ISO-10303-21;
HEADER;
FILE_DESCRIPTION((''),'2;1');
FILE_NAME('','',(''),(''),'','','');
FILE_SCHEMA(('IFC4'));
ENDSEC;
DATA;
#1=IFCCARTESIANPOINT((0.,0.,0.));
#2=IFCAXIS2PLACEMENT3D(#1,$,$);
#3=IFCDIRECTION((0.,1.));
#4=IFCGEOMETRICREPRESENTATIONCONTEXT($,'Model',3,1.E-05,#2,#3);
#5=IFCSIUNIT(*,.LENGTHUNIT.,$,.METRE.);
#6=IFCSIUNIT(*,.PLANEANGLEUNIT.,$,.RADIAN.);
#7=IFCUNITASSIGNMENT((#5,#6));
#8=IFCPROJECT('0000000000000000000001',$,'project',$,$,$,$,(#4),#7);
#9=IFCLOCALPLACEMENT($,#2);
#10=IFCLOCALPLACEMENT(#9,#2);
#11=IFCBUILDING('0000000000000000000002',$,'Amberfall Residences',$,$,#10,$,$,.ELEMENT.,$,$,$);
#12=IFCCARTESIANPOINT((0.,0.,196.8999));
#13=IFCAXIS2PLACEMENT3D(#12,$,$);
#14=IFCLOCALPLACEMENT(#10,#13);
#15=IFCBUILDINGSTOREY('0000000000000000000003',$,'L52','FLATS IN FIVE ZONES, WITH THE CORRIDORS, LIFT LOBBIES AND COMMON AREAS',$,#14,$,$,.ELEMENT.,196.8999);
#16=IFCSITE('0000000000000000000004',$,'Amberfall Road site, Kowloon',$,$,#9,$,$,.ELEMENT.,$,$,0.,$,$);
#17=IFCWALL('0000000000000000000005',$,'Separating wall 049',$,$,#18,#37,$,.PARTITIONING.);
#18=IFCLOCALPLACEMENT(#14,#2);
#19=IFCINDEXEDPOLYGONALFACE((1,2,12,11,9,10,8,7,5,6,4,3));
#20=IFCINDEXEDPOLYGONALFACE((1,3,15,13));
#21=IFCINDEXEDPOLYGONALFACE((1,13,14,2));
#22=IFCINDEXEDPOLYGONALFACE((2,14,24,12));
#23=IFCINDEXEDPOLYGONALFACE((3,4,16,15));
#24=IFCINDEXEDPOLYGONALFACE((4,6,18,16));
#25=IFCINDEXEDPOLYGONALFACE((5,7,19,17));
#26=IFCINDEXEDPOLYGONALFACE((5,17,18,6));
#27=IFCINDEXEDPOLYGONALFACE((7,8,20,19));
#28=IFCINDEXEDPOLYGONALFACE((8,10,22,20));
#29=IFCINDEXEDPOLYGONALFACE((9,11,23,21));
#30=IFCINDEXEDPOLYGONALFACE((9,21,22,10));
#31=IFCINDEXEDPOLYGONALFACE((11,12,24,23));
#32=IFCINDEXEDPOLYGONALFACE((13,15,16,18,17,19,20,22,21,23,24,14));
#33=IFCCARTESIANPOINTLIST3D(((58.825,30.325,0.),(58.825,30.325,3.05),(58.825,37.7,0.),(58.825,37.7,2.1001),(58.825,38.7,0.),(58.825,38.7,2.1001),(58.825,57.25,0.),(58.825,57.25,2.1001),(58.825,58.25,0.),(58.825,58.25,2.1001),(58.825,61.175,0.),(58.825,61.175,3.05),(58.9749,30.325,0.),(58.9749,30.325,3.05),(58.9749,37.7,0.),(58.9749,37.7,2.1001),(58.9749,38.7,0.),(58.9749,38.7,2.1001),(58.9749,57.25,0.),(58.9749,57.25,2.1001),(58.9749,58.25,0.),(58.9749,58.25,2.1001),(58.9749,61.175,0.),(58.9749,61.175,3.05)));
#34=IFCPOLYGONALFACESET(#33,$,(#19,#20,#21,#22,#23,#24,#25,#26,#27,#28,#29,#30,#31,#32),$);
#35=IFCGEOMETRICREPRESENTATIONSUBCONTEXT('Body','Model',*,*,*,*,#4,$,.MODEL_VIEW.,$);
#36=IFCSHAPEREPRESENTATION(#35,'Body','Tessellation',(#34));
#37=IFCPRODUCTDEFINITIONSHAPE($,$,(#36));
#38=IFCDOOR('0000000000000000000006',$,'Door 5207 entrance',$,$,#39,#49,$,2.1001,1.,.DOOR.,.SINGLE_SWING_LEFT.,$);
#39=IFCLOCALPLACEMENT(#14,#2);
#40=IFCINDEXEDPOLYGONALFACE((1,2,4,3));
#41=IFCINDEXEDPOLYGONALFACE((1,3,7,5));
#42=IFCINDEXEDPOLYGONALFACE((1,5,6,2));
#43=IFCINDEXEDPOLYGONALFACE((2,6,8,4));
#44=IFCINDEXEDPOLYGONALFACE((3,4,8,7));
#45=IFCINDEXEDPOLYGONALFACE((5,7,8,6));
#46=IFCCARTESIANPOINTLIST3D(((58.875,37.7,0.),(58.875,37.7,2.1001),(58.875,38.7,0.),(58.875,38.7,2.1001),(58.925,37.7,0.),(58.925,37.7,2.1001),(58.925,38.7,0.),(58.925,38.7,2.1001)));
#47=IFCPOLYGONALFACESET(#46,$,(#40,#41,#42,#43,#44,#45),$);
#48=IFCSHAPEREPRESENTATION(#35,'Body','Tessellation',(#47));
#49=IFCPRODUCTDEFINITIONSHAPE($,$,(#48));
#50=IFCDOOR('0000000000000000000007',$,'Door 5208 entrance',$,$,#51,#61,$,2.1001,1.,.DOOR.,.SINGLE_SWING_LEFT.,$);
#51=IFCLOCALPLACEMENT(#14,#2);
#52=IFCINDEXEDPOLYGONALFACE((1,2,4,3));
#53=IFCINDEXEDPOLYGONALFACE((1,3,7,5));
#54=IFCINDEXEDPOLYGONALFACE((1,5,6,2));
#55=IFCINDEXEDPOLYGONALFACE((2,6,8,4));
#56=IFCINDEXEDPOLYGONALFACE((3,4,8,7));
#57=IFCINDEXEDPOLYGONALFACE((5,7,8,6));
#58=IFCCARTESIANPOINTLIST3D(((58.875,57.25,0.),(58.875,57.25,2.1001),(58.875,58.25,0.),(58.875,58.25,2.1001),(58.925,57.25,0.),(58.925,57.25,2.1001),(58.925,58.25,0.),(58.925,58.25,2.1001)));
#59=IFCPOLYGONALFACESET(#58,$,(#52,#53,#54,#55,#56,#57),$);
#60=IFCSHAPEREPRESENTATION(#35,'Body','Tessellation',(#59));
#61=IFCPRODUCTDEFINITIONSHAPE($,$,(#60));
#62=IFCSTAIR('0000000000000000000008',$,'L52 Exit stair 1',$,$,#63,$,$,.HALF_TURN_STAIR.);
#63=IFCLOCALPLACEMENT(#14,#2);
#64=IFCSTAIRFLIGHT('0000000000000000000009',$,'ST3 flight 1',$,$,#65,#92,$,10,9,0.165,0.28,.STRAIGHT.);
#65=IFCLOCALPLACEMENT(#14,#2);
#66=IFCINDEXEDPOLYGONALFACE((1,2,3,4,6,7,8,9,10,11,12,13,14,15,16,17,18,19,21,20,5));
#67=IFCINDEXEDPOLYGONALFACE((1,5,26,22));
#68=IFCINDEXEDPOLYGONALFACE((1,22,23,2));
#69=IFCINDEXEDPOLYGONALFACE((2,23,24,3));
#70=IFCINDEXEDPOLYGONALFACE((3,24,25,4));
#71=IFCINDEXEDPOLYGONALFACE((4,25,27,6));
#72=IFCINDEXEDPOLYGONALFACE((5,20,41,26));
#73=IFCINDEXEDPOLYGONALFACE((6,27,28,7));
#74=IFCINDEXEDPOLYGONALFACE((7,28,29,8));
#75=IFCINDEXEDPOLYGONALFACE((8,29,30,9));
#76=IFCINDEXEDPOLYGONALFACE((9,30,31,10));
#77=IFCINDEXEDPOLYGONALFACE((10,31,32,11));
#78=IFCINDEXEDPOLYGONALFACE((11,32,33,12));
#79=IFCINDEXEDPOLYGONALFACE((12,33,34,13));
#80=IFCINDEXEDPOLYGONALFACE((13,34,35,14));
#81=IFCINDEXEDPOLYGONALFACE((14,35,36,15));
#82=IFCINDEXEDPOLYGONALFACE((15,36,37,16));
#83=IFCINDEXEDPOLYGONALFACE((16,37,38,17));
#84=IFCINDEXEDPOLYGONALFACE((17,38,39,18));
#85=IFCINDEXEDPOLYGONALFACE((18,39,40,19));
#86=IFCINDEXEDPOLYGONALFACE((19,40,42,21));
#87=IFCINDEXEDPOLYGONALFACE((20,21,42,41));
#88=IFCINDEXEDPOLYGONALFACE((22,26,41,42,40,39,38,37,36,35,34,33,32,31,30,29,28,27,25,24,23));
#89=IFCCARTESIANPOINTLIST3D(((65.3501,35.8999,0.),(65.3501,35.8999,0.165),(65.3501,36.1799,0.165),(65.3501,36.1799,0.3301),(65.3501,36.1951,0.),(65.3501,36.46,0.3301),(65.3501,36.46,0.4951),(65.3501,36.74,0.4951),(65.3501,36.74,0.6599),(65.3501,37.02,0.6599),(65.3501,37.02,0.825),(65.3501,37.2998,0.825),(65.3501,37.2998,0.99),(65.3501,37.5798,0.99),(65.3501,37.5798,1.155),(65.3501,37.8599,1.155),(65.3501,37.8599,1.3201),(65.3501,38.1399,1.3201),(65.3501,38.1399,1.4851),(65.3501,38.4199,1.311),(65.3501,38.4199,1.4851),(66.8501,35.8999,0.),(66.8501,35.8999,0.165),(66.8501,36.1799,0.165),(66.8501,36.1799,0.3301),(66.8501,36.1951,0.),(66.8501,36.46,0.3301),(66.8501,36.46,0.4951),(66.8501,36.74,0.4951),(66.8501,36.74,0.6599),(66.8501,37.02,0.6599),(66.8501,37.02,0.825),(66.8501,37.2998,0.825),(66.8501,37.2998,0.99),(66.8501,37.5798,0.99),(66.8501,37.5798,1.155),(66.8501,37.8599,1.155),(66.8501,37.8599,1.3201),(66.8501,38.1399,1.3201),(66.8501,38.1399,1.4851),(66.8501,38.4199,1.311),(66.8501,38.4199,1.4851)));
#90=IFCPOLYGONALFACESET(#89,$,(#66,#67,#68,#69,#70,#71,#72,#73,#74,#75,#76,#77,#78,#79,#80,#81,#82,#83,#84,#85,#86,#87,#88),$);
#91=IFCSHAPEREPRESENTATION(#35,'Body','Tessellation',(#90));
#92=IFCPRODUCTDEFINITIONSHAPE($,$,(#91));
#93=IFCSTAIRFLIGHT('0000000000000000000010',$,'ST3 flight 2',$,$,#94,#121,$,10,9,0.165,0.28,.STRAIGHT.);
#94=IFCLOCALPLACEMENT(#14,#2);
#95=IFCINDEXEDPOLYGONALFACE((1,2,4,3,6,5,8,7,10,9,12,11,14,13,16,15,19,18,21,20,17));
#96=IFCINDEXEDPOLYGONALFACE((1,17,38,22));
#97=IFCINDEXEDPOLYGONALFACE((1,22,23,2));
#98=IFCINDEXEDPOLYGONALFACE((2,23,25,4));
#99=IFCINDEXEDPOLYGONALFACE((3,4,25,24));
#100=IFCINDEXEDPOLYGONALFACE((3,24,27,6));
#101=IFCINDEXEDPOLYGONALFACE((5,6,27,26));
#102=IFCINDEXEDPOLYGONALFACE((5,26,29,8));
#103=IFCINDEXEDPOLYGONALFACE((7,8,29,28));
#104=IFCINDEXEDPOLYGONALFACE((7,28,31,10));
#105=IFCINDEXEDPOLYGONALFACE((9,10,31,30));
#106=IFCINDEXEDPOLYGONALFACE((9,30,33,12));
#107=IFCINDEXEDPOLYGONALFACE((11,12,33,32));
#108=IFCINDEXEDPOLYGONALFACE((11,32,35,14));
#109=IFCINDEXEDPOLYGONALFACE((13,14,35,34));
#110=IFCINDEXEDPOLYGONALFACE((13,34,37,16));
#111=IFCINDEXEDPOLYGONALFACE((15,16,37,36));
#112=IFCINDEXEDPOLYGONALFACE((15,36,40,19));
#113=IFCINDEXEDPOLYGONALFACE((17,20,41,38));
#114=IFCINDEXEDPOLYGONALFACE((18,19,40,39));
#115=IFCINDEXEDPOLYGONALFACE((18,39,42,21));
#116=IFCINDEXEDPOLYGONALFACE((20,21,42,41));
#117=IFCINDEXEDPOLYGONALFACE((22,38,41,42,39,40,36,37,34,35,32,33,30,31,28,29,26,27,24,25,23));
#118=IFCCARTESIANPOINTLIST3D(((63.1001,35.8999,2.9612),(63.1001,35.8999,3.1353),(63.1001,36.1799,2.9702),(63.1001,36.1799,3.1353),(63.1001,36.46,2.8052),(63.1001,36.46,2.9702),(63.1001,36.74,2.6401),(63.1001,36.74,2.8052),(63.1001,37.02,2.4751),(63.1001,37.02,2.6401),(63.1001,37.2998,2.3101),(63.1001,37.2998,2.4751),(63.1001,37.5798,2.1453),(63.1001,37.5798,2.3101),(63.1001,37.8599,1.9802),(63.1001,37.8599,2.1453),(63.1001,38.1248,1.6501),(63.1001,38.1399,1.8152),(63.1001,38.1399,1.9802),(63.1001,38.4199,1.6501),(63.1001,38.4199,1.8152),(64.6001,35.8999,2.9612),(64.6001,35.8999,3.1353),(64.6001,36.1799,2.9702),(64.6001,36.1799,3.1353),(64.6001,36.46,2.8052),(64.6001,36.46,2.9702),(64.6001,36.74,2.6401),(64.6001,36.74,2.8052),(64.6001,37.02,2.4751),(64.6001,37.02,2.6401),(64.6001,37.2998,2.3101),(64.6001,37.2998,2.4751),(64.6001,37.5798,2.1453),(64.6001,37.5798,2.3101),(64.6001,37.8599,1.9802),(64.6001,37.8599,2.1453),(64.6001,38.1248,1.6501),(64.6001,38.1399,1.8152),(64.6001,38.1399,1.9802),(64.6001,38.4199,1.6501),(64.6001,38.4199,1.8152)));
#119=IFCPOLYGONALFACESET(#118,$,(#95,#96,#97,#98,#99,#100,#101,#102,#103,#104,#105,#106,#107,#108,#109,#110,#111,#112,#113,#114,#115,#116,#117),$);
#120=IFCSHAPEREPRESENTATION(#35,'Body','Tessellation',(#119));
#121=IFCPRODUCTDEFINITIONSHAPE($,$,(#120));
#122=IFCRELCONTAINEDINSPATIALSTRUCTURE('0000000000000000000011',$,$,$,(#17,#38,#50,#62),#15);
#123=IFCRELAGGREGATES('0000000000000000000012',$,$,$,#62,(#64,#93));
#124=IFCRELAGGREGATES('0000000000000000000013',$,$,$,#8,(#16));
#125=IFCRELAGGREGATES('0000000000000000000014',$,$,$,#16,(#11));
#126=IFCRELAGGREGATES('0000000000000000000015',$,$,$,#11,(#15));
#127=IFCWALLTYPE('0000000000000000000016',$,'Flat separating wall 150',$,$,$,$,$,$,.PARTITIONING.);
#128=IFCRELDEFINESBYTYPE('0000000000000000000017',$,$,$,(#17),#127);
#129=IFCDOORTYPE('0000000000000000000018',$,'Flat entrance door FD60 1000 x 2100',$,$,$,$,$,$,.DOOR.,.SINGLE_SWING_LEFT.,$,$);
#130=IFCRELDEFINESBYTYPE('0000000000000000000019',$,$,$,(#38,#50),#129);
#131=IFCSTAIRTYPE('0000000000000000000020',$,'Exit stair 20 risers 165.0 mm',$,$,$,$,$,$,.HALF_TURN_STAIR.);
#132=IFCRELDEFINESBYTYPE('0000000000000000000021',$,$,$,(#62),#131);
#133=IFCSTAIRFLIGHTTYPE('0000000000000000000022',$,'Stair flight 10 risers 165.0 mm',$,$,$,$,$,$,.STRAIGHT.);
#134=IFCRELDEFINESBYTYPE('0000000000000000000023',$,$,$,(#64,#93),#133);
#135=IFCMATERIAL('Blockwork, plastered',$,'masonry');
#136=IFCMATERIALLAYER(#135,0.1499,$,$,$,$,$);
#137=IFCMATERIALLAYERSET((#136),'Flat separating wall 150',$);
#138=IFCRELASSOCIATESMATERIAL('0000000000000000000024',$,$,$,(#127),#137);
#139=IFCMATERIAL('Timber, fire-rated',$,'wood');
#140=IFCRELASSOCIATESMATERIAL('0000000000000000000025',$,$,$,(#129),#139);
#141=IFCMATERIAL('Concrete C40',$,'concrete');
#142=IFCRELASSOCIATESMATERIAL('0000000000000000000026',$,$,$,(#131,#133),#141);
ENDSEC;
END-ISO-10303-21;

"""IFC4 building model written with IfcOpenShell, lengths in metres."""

from ifc_helpers import new_model, si_unit, direction, frame, frame_2d, origin, place, context, subcontext, project, spatial, polyline, rectangle, outline, extrude, material, layer, layer_set, type_object, element, fill, aggregate, save


model = new_model("IFC4")

# Units and contexts
model_context = context("Model", 3, precision=1e-05, world=origin(), true_north=direction((0.0, 1.0)))
body_context = subcontext(model_context, "Body", "Model", "MODEL_VIEW")
ifc_project = project(units=[si_unit("LENGTHUNIT", "METRE"), si_unit("PLANEANGLEUNIT", "RADIAN")], contexts=[model_context])

# Site, building, storey
site_placement = place(None, origin())
site = spatial("IfcSite", under=ifc_project, at=site_placement, Name="Amberfall Road site, Kowloon", CompositionType="ELEMENT", RefElevation=0.0)
building_placement = place(site_placement, origin())
building = spatial("IfcBuilding", under=site, at=building_placement, Name="Amberfall Residences", CompositionType="ELEMENT")
storey_placement = place(building_placement, frame((0.0, 0.0, 196.8999)))
storey = spatial("IfcBuildingStorey", under=building, at=storey_placement, Name="L52", Description="FLATS IN FIVE ZONES, WITH THE CORRIDORS, LIFT LOBBIES AND COMMON AREAS", CompositionType="ELEMENT", Elevation=196.8999)

# Wall, openings, doors
ifc_material_1 = material(Name="Blockwork, plastered", Category="masonry")
ifc_layer_1 = layer(ifc_material_1, 0.1499)
ifc_layer_set_1 = layer_set([ifc_layer_1], Name="Flat separating wall 150")
wall_type_1 = type_object("IfcWallType", Name="Flat separating wall 150", PredefinedType="PARTITIONING", material=ifc_layer_set_1)
wall_1_placement = place(storey_placement, frame((58.8999, 30.325, 0.0), z_axis=(0.0, 0.0, 1.0), x_axis=(0.0, 1.0, 0.0)))
wall_1 = element("IfcWall", 1, at=wall_1_placement, inside=storey, type_object=wall_type_1, Name="Separating wall 049", PredefinedType="PARTITIONING", context=body_context, shape_type="SweptSolid", body=[
    extrude(rectangle(XDim=30.8501, YDim=0.1499, at=frame_2d((15.425, 0.0))), origin(), (0.0, 0.0, 1.0), 3.05),
])
opening_1_placement = place(wall_1_placement, frame((7.375, 0.0, 0.0)))
opening_1 = element("IfcOpeningElement", 2, at=opening_1_placement, cuts=wall_1, PredefinedType="OPENING", context=body_context, shape_type="SweptSolid", body=[
    extrude(rectangle(XDim=1.0, YDim=2.1001, at=frame_2d((0.5, 1.05))), frame((0.0, 0.085, 0.0), z_axis=(0.0, -1.0, 0.0), x_axis=(1.0, 0.0, 0.0)), (0.0, 0.0, 1.0), 0.1699),
])
opening_2_placement = place(wall_1_placement, frame((26.925, 0.0, 0.0)))
opening_2 = element("IfcOpeningElement", 3, at=opening_2_placement, cuts=wall_1, PredefinedType="OPENING", context=body_context, shape_type="SweptSolid", body=[
    extrude(rectangle(XDim=1.0, YDim=2.1001, at=frame_2d((0.5, 1.05))), frame((0.0, 0.085, 0.0), z_axis=(0.0, -1.0, 0.0), x_axis=(1.0, 0.0, 0.0)), (0.0, 0.0, 1.0), 0.1699),
])
ifc_material_2 = material(Name="Timber, fire-rated", Category="wood")
door_type_1 = type_object("IfcDoorType", Name="Flat entrance door FD60 1000 x 2100", OperationType="SINGLE_SWING_LEFT", PredefinedType="DOOR", material=ifc_material_2)
door_1_placement = place(opening_1_placement, origin())
door_1 = element("IfcDoor", 4, at=door_1_placement, inside=storey, type_object=door_type_1, Name="Door 5207 entrance", OperationType="SINGLE_SWING_LEFT", OverallHeight=2.1001, OverallWidth=1.0, PredefinedType="DOOR", context=body_context, shape_type="SweptSolid", body=[
    extrude(rectangle(XDim=1.0, YDim=2.1001, at=frame_2d((0.5, 1.05))), frame((0.0, 0.0249, 0.0), z_axis=(0.0, -1.0, 0.0), x_axis=(1.0, 0.0, 0.0)), (0.0, 0.0, 1.0), 0.05),
])
fill(opening_1, door_1)
door_2_placement = place(opening_2_placement, origin())
door_2 = element("IfcDoor", 5, at=door_2_placement, inside=storey, type_object=door_type_1, Name="Door 5208 entrance", OperationType="SINGLE_SWING_LEFT", OverallHeight=2.1001, OverallWidth=1.0, PredefinedType="DOOR", context=body_context, shape_type="SweptSolid", body=[
    extrude(rectangle(XDim=1.0, YDim=2.1001, at=frame_2d((0.5, 1.05))), frame((0.0, 0.0249, 0.0), z_axis=(0.0, -1.0, 0.0), x_axis=(1.0, 0.0, 0.0)), (0.0, 0.0, 1.0), 0.05),
])
fill(opening_2, door_2)

# Stair, stair flights
ifc_material_3 = material(Name="Concrete C40", Category="concrete")
stair_type = type_object("IfcStairType", Name="Exit stair 20 risers 165.0 mm", PredefinedType="HALF_TURN_STAIR", material=ifc_material_3)
stair_placement = place(storey_placement, origin())
stair = element("IfcStair", 6, at=stair_placement, inside=storey, type_object=stair_type, Name="L52 Exit stair 1", PredefinedType="HALF_TURN_STAIR")
stair_flight_type = type_object("IfcStairFlightType", Name="Stair flight 10 risers 165.0 mm", PredefinedType="STRAIGHT", material=ifc_material_3)
stair_flight_1_placement = place(storey_placement, frame((66.1001, 35.8999, 0.0), z_axis=(0.0, 0.0, 1.0), x_axis=(0.0, 1.0, 0.0)))
stair_flight_1 = element("IfcStairFlight", 7, at=stair_flight_1_placement, type_object=stair_flight_type, Name="ST3 flight 1", NumberOfRisers=10, NumberOfTreads=9, PredefinedType="STRAIGHT", RiserHeight=0.165, TreadLength=0.28, context=body_context, shape_type="SweptSolid", body=[
    extrude(outline(polyline([(0.0, 0.0), (0.0, 0.165), (0.28, 0.165), (0.28, 0.3301), (0.5601, 0.3301), (0.5601, 0.4951), (0.8401, 0.4951), (0.8401, 0.6599), (1.1201, 0.6599), (1.1201, 0.825), (1.3999, 0.825), (1.3999, 0.99), (1.6799, 0.99), (1.6799, 1.155), (1.96, 1.155), (1.96, 1.3201), (2.24, 1.3201), (2.24, 1.4851), (2.52, 1.4851), (2.52, 1.6499), (2.52, 1.311), (0.2952, 0.0), (0.0, 0.0)])), frame((0.0, 0.75, 0.0), z_axis=(0.0, -1.0, 0.0), x_axis=(1.0, 0.0, 0.0)), (0.0, 0.0, 1.0), 1.5),
])
stair_flight_2_placement = place(storey_placement, frame((63.8501, 38.4199, 1.6501), z_axis=(0.0, 0.0, 1.0), x_axis=(0.0, -1.0, 0.0)))
stair_flight_2 = element("IfcStairFlight", 8, at=stair_flight_2_placement, type_object=stair_flight_type, Name="ST3 flight 2", NumberOfRisers=10, NumberOfTreads=9, PredefinedType="STRAIGHT", RiserHeight=0.165, TreadLength=0.28, context=body_context, shape_type="SweptSolid", body=[
    extrude(outline(polyline([(0.0, 0.0), (0.0, 0.165), (0.28, 0.165), (0.28, 0.3301), (0.5601, 0.3301), (0.5601, 0.4951), (0.8401, 0.4951), (0.8401, 0.6599), (1.1201, 0.6599), (1.1201, 0.825), (1.3999, 0.825), (1.3999, 0.99), (1.6799, 0.99), (1.6799, 1.155), (1.96, 1.155), (1.96, 1.3201), (2.24, 1.3201), (2.24, 1.4851), (2.52, 1.4851), (2.52, 1.6499), (2.52, 1.311), (0.2952, 0.0), (0.0, 0.0)])), frame((0.0, 0.75, 0.0), z_axis=(0.0, -1.0, 0.0), x_axis=(1.0, 0.0, 0.0)), (0.0, 0.0, 1.0), 1.5),
])
aggregate(stair, [stair_flight_1, stair_flight_2])

save(model, "model.ifc")
